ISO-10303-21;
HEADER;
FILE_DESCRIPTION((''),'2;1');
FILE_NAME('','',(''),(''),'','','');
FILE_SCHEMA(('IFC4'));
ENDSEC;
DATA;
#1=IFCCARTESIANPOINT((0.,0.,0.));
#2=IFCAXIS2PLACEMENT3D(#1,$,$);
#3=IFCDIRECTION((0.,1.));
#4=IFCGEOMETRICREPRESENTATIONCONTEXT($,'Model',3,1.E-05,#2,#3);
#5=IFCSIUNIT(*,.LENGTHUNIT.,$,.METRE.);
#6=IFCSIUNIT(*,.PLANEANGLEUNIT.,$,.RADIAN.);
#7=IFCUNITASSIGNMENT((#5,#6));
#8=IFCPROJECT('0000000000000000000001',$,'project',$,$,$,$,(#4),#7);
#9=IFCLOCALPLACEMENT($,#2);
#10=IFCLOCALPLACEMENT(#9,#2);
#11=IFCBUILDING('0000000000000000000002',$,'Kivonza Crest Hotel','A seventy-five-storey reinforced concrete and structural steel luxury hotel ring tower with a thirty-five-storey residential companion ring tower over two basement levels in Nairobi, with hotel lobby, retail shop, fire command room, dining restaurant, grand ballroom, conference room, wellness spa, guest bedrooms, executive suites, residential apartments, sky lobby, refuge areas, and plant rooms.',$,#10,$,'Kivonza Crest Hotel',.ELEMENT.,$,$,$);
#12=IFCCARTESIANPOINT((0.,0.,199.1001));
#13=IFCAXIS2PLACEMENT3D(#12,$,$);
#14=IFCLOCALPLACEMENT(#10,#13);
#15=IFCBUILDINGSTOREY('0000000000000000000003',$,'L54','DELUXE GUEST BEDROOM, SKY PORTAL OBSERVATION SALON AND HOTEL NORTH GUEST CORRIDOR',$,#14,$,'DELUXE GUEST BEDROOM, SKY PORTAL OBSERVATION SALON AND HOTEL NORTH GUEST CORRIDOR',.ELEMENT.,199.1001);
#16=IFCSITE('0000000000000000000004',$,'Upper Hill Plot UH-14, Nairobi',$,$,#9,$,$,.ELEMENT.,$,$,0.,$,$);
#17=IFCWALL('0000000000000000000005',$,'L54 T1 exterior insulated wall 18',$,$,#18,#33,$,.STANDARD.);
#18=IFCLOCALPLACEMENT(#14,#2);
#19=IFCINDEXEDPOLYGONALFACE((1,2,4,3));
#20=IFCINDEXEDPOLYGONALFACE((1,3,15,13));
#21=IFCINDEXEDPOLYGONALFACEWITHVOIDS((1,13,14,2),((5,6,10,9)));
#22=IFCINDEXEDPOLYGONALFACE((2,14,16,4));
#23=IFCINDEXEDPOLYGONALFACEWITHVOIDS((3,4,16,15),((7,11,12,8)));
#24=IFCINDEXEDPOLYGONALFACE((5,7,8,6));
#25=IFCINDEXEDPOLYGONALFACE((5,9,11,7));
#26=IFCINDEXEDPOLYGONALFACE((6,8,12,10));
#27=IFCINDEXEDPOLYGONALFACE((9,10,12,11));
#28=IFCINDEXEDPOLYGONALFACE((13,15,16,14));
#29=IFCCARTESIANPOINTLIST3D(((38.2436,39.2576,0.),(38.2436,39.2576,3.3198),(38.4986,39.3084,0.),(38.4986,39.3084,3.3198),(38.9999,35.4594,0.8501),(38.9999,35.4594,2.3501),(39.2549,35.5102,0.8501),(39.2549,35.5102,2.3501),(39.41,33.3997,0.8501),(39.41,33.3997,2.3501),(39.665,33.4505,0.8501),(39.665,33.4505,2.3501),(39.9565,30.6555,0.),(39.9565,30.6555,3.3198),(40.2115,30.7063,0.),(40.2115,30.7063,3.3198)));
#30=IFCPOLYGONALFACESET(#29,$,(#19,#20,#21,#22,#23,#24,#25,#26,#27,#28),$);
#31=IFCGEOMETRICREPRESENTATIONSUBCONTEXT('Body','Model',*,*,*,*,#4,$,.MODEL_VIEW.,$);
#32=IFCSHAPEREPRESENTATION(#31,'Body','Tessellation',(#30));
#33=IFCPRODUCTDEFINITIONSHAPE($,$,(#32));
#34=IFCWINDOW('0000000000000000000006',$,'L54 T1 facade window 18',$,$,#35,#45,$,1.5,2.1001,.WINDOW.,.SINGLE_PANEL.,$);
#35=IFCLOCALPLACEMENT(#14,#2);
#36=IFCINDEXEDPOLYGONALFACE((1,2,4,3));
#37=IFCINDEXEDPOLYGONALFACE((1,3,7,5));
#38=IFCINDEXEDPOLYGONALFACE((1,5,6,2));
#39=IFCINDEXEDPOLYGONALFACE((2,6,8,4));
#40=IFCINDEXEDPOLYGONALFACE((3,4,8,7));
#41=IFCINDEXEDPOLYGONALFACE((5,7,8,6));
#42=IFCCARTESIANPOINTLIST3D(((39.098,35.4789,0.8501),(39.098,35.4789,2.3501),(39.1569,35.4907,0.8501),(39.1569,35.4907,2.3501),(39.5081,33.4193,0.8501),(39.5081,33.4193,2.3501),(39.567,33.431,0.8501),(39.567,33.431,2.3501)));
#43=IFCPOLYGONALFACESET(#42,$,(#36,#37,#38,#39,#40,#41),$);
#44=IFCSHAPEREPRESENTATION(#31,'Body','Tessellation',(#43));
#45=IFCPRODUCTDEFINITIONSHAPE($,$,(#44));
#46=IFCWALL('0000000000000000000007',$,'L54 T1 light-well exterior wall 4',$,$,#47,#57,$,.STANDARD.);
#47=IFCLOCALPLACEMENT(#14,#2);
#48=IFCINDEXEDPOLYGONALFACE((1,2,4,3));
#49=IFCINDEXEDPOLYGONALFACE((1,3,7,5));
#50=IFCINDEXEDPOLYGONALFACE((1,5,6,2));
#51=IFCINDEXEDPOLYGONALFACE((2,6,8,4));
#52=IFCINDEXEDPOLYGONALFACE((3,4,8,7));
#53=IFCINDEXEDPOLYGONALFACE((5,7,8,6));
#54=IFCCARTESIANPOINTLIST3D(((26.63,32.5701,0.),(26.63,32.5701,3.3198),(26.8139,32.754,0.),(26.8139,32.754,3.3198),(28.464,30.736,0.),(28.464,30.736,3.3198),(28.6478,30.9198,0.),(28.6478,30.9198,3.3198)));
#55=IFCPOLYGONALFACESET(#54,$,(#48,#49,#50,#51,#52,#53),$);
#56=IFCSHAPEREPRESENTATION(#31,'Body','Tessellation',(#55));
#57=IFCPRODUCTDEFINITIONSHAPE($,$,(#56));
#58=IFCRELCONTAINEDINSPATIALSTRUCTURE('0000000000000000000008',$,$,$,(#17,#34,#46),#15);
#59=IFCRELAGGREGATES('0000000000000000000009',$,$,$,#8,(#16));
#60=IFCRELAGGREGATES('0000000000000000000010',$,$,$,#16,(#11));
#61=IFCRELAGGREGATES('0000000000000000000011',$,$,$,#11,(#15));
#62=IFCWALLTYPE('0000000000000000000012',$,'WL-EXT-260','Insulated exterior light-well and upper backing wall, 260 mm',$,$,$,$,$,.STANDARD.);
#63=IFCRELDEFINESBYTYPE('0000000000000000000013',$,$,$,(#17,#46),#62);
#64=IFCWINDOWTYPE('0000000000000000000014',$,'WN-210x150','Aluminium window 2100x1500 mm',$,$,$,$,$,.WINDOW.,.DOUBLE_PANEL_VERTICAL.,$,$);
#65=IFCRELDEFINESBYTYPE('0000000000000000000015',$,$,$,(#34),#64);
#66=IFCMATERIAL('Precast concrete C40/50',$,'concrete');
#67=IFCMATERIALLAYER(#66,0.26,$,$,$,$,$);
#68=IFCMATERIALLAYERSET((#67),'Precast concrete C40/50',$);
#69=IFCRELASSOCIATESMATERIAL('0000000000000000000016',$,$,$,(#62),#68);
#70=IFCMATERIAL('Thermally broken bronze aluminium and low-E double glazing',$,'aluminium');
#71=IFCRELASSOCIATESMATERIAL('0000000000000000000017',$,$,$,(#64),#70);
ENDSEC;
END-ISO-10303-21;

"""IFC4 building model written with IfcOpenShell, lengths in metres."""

from ifc_helpers import new_model, si_unit, direction, frame, frame_2d, origin, place, context, subcontext, project, spatial, rectangle, extrude, material, layer, layer_set, type_object, element, fill, save


model = new_model("IFC4")

# Units and contexts
model_context = context("Model", 3, precision=1e-05, world=origin(), true_north=direction((0.0, 1.0)))
body_context = subcontext(model_context, "Body", "Model", "MODEL_VIEW")
ifc_project = project(units=[si_unit("LENGTHUNIT", "METRE"), si_unit("PLANEANGLEUNIT", "RADIAN")], contexts=[model_context])

# Site, building, storey
site_placement = place(None, origin())
site = spatial("IfcSite", under=ifc_project, at=site_placement, Name="Upper Hill Plot UH-14, Nairobi", CompositionType="ELEMENT", RefElevation=0.0)
building_placement = place(site_placement, origin())
building = spatial("IfcBuilding", under=site, at=building_placement, Name="Kivonza Crest Hotel", Description="A seventy-five-storey reinforced concrete and structural steel luxury hotel ring tower with a thirty-five-storey residential companion ring tower over two basement levels in Nairobi, with hotel lobby, retail shop, fire command room, dining restaurant, grand ballroom, conference room, wellness spa, guest bedrooms, executive suites, residential apartments, sky lobby, refuge areas, and plant rooms.", LongName="Kivonza Crest Hotel", CompositionType="ELEMENT")
storey_placement = place(building_placement, frame((0.0, 0.0, 199.1001)))
storey = spatial("IfcBuildingStorey", under=building, at=storey_placement, Name="L54", Description="DELUXE GUEST BEDROOM, SKY PORTAL OBSERVATION SALON AND HOTEL NORTH GUEST CORRIDOR", LongName="DELUXE GUEST BEDROOM, SKY PORTAL OBSERVATION SALON AND HOTEL NORTH GUEST CORRIDOR", CompositionType="ELEMENT", Elevation=199.1001)

# Wall, opening, window
ifc_material_1 = material(Name="Precast concrete C40/50", Category="concrete")
ifc_layer_1 = layer(ifc_material_1, 0.26)
ifc_layer_set_1 = layer_set([ifc_layer_1], Name="Precast concrete C40/50")
wall_type_1 = type_object("IfcWallType", Name="WL-EXT-260", Description="Insulated exterior light-well and upper backing wall, 260 mm", PredefinedType="STANDARD", material=ifc_layer_set_1)
wall_1_placement = place(storey_placement, frame((40.084, 30.6809, 0.0), z_axis=(0.0, 0.0, 1.0), x_axis=(-0.195292, 0.980745, 0.0)))
wall_1 = element("IfcWall", 1, at=wall_1_placement, inside=storey, type_object=wall_type_1, Name="L54 T1 exterior insulated wall 18", PredefinedType="STANDARD", context=body_context, shape_type="SweptSolid", body=[
    extrude(rectangle(XDim=8.771, YDim=0.26, at=frame_2d((4.3855, 0.0))), origin(), (0.0, 0.0, 1.0), 3.3198),
])
opening_1_placement = place(wall_1_placement, frame((2.7981, 0.0, 0.8501)))
opening_1 = element("IfcOpeningElement", 2, at=opening_1_placement, cuts=wall_1, PredefinedType="OPENING", context=body_context, shape_type="SweptSolid", body=[
    extrude(rectangle(XDim=2.1001, YDim=1.5, at=frame_2d((1.05, 0.75))), frame((0.0, 0.1401, 0.0), z_axis=(0.0, -1.0, 0.0), x_axis=(1.0, 0.0, 0.0)), (0.0, 0.0, 1.0), 0.28),
])
ifc_material_2 = material(Name="Thermally broken bronze aluminium and low-E double glazing", Category="aluminium")
window_type = type_object("IfcWindowType", Name="WN-210x150", Description="Aluminium window 2100x1500 mm", PartitioningType="DOUBLE_PANEL_VERTICAL", PredefinedType="WINDOW", material=ifc_material_2)
window_placement = place(opening_1_placement, origin())
window = element("IfcWindow", 3, at=window_placement, inside=storey, type_object=window_type, Name="L54 T1 facade window 18", OverallHeight=1.5, OverallWidth=2.1001, PartitioningType="SINGLE_PANEL", PredefinedType="WINDOW", context=body_context, shape_type="SweptSolid", body=[
    extrude(rectangle(XDim=2.1001, YDim=1.5, at=frame_2d((1.05, 0.75))), frame((0.0, 0.03, 0.0), z_axis=(0.0, -1.0, 0.0), x_axis=(1.0, 0.0, 0.0)), (0.0, 0.0, 1.0), 0.0601),
])
fill(opening_1, window)

# Wall
wall_2_placement = place(storey_placement, frame((28.5559, 30.8279, 0.0), z_axis=(0.0, 0.0, 1.0), x_axis=(-0.70706, 0.707154, 0.0)))
element("IfcWall", 4, at=wall_2_placement, inside=storey, type_object=wall_type_1, Name="L54 T1 light-well exterior wall 4", PredefinedType="STANDARD", context=body_context, shape_type="SweptSolid", body=[
    extrude(rectangle(XDim=2.5938, YDim=0.26, at=frame_2d((1.2969, 0.0))), origin(), (0.0, 0.0, 1.0), 3.3198),
])

save(model, "model.ifc")
